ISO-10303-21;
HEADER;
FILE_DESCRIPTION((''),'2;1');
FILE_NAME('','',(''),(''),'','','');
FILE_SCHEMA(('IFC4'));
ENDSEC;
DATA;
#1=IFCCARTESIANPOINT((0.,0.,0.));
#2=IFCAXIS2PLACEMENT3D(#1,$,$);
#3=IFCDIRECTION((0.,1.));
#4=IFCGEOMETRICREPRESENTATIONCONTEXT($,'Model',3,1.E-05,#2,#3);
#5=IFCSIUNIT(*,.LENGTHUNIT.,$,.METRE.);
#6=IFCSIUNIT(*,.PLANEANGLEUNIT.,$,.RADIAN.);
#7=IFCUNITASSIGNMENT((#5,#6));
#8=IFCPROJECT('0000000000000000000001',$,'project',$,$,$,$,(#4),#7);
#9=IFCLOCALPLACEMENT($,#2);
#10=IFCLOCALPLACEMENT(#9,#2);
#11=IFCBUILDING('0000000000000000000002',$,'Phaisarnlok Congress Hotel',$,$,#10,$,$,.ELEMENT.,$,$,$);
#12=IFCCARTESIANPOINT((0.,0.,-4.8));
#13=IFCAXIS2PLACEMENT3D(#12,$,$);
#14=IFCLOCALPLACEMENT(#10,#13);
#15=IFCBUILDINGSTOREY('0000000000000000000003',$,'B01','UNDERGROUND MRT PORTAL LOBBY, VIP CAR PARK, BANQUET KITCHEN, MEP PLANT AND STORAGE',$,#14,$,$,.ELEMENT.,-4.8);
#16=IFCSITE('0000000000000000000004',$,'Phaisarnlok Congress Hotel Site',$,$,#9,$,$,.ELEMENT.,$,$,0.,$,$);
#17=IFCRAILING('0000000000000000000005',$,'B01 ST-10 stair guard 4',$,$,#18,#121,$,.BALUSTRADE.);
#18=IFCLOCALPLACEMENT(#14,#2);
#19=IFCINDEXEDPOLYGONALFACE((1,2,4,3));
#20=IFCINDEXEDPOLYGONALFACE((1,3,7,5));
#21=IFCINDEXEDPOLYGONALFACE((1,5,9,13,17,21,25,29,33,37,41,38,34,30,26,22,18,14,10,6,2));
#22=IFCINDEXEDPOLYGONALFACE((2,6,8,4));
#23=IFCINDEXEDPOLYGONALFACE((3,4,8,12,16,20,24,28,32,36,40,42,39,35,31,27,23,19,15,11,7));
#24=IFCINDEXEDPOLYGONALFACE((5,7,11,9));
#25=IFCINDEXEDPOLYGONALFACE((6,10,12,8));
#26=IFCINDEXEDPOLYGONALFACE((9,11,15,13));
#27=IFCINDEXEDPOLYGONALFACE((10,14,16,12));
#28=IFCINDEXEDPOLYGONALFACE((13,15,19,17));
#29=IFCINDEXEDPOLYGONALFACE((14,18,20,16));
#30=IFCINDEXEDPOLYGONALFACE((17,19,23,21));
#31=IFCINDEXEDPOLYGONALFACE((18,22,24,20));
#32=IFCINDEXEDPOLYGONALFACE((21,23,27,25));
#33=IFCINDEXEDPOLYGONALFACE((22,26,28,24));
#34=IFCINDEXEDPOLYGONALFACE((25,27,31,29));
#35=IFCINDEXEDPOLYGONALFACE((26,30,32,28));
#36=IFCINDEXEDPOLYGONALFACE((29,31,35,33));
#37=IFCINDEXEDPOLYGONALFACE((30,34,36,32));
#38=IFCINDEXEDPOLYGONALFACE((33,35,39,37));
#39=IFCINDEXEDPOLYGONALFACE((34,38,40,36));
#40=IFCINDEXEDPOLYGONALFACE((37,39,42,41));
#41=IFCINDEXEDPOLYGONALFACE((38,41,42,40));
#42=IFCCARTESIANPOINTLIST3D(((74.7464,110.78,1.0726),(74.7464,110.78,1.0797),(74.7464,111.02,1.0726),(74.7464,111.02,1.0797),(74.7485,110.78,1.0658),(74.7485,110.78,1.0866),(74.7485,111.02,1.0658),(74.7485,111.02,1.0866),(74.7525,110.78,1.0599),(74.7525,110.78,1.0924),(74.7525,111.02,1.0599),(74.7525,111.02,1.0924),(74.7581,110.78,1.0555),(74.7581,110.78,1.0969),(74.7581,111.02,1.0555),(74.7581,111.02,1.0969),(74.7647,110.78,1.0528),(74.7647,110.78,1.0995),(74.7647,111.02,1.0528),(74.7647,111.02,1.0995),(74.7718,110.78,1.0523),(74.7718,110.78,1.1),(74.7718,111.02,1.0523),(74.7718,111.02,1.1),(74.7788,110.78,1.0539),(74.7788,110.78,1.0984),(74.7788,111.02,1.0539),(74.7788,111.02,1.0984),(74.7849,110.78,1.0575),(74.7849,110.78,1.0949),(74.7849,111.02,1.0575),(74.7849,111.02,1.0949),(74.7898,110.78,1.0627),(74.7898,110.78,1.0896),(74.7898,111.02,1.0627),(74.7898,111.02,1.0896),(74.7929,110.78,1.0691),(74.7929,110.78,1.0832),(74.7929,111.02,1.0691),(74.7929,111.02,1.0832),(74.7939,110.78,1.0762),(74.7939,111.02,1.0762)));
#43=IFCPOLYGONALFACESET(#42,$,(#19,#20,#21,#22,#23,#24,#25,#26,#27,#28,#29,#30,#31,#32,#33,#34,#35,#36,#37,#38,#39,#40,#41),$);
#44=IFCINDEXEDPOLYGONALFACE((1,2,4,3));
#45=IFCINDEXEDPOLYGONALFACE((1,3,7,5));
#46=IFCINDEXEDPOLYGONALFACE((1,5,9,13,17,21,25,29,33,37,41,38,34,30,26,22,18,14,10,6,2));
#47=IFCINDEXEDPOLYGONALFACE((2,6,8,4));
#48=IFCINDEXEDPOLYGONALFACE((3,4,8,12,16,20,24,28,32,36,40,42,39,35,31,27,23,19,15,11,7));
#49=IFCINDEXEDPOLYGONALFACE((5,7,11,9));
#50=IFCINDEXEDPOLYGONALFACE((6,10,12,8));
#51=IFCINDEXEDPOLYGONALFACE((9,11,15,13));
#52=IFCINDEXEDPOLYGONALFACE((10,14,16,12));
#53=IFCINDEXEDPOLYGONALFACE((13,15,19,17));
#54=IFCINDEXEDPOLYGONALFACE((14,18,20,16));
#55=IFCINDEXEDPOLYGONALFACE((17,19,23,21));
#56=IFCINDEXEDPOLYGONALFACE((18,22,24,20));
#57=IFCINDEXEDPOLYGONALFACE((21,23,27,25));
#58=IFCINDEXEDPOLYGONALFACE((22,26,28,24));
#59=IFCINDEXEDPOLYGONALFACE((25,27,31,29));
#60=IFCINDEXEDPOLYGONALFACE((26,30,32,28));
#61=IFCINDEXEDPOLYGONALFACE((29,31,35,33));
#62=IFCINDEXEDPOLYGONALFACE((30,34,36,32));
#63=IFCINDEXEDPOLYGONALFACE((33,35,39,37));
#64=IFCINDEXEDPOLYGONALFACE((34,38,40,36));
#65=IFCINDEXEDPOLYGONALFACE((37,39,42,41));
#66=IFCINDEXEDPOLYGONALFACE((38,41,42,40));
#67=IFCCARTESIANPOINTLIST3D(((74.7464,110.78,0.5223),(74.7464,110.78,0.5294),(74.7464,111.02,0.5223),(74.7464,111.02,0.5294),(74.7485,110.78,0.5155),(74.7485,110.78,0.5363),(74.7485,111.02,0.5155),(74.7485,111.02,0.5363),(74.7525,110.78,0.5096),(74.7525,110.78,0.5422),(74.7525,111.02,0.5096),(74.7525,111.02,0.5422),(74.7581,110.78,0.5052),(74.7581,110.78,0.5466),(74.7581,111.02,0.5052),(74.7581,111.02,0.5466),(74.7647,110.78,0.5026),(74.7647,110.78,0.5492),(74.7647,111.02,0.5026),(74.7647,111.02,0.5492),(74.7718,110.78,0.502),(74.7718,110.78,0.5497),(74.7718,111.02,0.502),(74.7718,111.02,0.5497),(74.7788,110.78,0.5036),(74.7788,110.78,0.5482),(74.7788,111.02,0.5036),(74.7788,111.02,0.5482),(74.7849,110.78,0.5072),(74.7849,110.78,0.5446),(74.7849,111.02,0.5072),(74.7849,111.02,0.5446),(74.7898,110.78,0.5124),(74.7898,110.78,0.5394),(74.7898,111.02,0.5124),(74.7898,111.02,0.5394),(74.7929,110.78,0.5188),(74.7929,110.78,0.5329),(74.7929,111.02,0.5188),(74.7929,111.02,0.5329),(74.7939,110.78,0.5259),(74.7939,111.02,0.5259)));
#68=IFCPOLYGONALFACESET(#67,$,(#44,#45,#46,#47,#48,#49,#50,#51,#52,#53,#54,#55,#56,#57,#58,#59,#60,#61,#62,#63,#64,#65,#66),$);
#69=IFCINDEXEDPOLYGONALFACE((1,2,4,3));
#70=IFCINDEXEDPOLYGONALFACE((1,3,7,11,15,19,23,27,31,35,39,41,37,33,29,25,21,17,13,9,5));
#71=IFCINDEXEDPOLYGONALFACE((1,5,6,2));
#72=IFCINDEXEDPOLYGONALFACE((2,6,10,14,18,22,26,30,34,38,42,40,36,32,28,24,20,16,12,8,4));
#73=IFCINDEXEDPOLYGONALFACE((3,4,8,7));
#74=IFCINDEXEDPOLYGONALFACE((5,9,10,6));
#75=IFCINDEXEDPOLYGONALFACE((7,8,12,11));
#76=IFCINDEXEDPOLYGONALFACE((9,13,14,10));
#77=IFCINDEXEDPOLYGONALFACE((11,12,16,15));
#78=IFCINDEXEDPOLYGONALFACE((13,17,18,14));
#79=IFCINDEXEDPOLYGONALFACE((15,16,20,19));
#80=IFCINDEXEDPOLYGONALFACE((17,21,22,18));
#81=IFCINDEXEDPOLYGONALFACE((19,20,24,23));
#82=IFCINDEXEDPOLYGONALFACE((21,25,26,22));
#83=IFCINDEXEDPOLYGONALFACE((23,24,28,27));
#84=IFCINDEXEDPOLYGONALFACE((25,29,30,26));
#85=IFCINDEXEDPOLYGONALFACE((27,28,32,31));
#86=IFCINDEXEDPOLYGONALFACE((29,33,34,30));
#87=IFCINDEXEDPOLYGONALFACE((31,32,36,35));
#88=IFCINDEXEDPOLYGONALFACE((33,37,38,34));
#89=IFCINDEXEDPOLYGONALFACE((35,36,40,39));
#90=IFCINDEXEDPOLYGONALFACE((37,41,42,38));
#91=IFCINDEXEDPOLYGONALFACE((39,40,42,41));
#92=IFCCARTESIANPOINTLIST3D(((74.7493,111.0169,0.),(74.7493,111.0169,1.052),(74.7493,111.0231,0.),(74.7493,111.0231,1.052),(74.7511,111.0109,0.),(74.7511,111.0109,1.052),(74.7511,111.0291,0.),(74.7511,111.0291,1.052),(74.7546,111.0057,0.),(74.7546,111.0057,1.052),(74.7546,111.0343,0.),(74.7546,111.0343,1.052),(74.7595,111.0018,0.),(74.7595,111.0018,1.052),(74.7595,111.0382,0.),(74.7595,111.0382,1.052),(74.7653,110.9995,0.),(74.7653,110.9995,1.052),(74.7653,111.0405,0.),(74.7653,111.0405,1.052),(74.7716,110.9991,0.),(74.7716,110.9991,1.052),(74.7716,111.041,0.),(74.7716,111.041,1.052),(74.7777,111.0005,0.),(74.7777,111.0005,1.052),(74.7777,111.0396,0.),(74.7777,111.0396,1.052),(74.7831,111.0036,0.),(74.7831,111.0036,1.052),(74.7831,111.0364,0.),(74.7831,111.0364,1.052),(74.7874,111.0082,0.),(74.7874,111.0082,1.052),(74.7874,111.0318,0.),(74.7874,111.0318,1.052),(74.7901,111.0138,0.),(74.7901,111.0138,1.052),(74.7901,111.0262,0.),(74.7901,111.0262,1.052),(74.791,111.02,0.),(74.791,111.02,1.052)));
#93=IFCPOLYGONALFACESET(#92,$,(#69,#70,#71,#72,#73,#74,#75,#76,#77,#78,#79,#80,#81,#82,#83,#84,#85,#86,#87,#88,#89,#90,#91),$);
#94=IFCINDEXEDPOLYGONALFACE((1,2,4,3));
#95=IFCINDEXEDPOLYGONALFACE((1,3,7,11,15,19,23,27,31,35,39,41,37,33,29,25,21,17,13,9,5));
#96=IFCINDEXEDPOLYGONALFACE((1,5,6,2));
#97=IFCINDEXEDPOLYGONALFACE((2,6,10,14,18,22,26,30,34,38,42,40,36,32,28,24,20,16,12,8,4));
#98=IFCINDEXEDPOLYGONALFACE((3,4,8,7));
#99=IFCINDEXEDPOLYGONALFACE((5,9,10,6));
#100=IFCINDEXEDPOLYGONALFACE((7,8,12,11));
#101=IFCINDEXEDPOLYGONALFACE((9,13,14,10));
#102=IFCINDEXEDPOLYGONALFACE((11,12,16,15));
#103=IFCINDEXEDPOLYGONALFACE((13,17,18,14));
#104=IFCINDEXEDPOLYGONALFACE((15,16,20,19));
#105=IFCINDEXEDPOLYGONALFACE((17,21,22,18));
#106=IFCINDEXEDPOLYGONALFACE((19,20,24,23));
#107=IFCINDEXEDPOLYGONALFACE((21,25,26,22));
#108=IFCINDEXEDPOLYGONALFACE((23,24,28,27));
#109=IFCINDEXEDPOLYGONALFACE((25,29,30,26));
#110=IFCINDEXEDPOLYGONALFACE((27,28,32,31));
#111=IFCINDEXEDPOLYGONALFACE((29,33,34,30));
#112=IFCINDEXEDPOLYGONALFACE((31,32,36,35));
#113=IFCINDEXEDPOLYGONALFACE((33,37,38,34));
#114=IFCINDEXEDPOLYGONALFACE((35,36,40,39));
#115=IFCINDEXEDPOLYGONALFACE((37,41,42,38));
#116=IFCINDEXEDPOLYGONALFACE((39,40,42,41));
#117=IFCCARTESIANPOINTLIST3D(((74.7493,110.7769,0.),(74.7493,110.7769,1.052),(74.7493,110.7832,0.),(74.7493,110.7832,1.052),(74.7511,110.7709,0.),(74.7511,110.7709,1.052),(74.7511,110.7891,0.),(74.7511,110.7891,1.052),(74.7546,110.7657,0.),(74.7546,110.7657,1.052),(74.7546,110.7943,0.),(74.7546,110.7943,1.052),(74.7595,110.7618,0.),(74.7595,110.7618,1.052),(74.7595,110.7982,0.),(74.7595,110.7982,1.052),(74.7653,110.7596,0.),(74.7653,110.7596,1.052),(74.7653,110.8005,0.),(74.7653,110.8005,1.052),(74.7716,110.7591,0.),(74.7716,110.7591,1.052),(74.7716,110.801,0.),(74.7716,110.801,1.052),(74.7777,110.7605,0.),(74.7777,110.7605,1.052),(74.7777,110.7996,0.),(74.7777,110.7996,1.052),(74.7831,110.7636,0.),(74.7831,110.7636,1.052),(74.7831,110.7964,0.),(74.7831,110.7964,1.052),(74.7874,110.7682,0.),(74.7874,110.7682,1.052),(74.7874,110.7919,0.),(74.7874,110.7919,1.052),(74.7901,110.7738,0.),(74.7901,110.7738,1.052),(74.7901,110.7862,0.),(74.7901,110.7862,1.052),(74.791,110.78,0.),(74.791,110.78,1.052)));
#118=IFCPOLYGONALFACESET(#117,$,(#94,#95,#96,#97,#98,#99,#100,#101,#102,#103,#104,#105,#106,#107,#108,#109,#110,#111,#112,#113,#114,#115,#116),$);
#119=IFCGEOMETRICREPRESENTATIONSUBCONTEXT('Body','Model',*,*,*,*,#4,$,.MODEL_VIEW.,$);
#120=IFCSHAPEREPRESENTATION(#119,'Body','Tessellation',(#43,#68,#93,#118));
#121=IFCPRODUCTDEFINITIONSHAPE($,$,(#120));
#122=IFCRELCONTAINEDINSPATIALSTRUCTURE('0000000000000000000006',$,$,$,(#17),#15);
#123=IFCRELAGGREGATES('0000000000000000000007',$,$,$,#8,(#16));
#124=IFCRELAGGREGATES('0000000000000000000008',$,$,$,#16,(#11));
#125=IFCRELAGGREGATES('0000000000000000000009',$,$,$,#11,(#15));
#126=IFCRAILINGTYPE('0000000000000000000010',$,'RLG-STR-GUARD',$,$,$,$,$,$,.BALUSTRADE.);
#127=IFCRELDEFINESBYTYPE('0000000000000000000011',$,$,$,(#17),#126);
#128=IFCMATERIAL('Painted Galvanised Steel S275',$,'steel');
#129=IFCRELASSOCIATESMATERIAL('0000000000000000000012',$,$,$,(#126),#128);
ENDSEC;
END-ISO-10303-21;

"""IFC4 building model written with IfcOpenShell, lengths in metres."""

from ifc_helpers import new_model, si_unit, direction, frame, origin, origin_2d, place, context, subcontext, project, spatial, circle, extrude, material, type_object, element, save


model = new_model("IFC4")

# Units and contexts
model_context = context("Model", 3, precision=1e-05, world=origin(), true_north=direction((0.0, 1.0)))
body_context = subcontext(model_context, "Body", "Model", "MODEL_VIEW")
ifc_project = project(units=[si_unit("LENGTHUNIT", "METRE"), si_unit("PLANEANGLEUNIT", "RADIAN")], contexts=[model_context])

# Site, building, storey
site_placement = place(None, origin())
site = spatial("IfcSite", under=ifc_project, at=site_placement, Name="Phaisarnlok Congress Hotel Site", CompositionType="ELEMENT", RefElevation=0.0)
building_placement = place(site_placement, origin())
building = spatial("IfcBuilding", under=site, at=building_placement, Name="Phaisarnlok Congress Hotel", CompositionType="ELEMENT")
storey_placement = place(building_placement, frame((0.0, 0.0, -4.8)))
storey = spatial("IfcBuildingStorey", under=building, at=storey_placement, Name="B01", Description="UNDERGROUND MRT PORTAL LOBBY, VIP CAR PARK, BANQUET KITCHEN, MEP PLANT AND STORAGE", CompositionType="ELEMENT", Elevation=-4.8)

# Railing
ifc_material_1 = material(Name="Painted Galvanised Steel S275", Category="steel")
railing_type_1 = type_object("IfcRailingType", Name="RLG-STR-GUARD", PredefinedType="BALUSTRADE", material=ifc_material_1)
railing_1_placement = place(storey_placement, frame((74.77, 111.02, 0.0)))
element("IfcRailing", 1, at=railing_1_placement, inside=storey, type_object=railing_type_1, Name="B01 ST-10 stair guard 4", PredefinedType="BALUSTRADE", context=body_context, shape_type="SweptSolid", body=[
    extrude(circle(Radius=0.0239, at=origin_2d()), frame((0.0, 0.0, 1.0762), z_axis=(0.0, -1.0, 0.0), x_axis=(1.0, 0.0, 0.0)), (0.0, 0.0, 1.0), 0.24),
    extrude(circle(Radius=0.0239, at=origin_2d()), frame((0.0, 0.0, 0.5259), z_axis=(0.0, -1.0, 0.0), x_axis=(1.0, 0.0, 0.0)), (0.0, 0.0, 1.0), 0.24),
    extrude(circle(Radius=0.021, at=origin_2d()), origin(), (0.0, 0.0, 1.0), 1.052),
    extrude(circle(Radius=0.021, at=origin_2d()), frame((0.0, -0.24, 0.0)), (0.0, 0.0, 1.0), 1.052),
])

save(model, "model.ifc")
